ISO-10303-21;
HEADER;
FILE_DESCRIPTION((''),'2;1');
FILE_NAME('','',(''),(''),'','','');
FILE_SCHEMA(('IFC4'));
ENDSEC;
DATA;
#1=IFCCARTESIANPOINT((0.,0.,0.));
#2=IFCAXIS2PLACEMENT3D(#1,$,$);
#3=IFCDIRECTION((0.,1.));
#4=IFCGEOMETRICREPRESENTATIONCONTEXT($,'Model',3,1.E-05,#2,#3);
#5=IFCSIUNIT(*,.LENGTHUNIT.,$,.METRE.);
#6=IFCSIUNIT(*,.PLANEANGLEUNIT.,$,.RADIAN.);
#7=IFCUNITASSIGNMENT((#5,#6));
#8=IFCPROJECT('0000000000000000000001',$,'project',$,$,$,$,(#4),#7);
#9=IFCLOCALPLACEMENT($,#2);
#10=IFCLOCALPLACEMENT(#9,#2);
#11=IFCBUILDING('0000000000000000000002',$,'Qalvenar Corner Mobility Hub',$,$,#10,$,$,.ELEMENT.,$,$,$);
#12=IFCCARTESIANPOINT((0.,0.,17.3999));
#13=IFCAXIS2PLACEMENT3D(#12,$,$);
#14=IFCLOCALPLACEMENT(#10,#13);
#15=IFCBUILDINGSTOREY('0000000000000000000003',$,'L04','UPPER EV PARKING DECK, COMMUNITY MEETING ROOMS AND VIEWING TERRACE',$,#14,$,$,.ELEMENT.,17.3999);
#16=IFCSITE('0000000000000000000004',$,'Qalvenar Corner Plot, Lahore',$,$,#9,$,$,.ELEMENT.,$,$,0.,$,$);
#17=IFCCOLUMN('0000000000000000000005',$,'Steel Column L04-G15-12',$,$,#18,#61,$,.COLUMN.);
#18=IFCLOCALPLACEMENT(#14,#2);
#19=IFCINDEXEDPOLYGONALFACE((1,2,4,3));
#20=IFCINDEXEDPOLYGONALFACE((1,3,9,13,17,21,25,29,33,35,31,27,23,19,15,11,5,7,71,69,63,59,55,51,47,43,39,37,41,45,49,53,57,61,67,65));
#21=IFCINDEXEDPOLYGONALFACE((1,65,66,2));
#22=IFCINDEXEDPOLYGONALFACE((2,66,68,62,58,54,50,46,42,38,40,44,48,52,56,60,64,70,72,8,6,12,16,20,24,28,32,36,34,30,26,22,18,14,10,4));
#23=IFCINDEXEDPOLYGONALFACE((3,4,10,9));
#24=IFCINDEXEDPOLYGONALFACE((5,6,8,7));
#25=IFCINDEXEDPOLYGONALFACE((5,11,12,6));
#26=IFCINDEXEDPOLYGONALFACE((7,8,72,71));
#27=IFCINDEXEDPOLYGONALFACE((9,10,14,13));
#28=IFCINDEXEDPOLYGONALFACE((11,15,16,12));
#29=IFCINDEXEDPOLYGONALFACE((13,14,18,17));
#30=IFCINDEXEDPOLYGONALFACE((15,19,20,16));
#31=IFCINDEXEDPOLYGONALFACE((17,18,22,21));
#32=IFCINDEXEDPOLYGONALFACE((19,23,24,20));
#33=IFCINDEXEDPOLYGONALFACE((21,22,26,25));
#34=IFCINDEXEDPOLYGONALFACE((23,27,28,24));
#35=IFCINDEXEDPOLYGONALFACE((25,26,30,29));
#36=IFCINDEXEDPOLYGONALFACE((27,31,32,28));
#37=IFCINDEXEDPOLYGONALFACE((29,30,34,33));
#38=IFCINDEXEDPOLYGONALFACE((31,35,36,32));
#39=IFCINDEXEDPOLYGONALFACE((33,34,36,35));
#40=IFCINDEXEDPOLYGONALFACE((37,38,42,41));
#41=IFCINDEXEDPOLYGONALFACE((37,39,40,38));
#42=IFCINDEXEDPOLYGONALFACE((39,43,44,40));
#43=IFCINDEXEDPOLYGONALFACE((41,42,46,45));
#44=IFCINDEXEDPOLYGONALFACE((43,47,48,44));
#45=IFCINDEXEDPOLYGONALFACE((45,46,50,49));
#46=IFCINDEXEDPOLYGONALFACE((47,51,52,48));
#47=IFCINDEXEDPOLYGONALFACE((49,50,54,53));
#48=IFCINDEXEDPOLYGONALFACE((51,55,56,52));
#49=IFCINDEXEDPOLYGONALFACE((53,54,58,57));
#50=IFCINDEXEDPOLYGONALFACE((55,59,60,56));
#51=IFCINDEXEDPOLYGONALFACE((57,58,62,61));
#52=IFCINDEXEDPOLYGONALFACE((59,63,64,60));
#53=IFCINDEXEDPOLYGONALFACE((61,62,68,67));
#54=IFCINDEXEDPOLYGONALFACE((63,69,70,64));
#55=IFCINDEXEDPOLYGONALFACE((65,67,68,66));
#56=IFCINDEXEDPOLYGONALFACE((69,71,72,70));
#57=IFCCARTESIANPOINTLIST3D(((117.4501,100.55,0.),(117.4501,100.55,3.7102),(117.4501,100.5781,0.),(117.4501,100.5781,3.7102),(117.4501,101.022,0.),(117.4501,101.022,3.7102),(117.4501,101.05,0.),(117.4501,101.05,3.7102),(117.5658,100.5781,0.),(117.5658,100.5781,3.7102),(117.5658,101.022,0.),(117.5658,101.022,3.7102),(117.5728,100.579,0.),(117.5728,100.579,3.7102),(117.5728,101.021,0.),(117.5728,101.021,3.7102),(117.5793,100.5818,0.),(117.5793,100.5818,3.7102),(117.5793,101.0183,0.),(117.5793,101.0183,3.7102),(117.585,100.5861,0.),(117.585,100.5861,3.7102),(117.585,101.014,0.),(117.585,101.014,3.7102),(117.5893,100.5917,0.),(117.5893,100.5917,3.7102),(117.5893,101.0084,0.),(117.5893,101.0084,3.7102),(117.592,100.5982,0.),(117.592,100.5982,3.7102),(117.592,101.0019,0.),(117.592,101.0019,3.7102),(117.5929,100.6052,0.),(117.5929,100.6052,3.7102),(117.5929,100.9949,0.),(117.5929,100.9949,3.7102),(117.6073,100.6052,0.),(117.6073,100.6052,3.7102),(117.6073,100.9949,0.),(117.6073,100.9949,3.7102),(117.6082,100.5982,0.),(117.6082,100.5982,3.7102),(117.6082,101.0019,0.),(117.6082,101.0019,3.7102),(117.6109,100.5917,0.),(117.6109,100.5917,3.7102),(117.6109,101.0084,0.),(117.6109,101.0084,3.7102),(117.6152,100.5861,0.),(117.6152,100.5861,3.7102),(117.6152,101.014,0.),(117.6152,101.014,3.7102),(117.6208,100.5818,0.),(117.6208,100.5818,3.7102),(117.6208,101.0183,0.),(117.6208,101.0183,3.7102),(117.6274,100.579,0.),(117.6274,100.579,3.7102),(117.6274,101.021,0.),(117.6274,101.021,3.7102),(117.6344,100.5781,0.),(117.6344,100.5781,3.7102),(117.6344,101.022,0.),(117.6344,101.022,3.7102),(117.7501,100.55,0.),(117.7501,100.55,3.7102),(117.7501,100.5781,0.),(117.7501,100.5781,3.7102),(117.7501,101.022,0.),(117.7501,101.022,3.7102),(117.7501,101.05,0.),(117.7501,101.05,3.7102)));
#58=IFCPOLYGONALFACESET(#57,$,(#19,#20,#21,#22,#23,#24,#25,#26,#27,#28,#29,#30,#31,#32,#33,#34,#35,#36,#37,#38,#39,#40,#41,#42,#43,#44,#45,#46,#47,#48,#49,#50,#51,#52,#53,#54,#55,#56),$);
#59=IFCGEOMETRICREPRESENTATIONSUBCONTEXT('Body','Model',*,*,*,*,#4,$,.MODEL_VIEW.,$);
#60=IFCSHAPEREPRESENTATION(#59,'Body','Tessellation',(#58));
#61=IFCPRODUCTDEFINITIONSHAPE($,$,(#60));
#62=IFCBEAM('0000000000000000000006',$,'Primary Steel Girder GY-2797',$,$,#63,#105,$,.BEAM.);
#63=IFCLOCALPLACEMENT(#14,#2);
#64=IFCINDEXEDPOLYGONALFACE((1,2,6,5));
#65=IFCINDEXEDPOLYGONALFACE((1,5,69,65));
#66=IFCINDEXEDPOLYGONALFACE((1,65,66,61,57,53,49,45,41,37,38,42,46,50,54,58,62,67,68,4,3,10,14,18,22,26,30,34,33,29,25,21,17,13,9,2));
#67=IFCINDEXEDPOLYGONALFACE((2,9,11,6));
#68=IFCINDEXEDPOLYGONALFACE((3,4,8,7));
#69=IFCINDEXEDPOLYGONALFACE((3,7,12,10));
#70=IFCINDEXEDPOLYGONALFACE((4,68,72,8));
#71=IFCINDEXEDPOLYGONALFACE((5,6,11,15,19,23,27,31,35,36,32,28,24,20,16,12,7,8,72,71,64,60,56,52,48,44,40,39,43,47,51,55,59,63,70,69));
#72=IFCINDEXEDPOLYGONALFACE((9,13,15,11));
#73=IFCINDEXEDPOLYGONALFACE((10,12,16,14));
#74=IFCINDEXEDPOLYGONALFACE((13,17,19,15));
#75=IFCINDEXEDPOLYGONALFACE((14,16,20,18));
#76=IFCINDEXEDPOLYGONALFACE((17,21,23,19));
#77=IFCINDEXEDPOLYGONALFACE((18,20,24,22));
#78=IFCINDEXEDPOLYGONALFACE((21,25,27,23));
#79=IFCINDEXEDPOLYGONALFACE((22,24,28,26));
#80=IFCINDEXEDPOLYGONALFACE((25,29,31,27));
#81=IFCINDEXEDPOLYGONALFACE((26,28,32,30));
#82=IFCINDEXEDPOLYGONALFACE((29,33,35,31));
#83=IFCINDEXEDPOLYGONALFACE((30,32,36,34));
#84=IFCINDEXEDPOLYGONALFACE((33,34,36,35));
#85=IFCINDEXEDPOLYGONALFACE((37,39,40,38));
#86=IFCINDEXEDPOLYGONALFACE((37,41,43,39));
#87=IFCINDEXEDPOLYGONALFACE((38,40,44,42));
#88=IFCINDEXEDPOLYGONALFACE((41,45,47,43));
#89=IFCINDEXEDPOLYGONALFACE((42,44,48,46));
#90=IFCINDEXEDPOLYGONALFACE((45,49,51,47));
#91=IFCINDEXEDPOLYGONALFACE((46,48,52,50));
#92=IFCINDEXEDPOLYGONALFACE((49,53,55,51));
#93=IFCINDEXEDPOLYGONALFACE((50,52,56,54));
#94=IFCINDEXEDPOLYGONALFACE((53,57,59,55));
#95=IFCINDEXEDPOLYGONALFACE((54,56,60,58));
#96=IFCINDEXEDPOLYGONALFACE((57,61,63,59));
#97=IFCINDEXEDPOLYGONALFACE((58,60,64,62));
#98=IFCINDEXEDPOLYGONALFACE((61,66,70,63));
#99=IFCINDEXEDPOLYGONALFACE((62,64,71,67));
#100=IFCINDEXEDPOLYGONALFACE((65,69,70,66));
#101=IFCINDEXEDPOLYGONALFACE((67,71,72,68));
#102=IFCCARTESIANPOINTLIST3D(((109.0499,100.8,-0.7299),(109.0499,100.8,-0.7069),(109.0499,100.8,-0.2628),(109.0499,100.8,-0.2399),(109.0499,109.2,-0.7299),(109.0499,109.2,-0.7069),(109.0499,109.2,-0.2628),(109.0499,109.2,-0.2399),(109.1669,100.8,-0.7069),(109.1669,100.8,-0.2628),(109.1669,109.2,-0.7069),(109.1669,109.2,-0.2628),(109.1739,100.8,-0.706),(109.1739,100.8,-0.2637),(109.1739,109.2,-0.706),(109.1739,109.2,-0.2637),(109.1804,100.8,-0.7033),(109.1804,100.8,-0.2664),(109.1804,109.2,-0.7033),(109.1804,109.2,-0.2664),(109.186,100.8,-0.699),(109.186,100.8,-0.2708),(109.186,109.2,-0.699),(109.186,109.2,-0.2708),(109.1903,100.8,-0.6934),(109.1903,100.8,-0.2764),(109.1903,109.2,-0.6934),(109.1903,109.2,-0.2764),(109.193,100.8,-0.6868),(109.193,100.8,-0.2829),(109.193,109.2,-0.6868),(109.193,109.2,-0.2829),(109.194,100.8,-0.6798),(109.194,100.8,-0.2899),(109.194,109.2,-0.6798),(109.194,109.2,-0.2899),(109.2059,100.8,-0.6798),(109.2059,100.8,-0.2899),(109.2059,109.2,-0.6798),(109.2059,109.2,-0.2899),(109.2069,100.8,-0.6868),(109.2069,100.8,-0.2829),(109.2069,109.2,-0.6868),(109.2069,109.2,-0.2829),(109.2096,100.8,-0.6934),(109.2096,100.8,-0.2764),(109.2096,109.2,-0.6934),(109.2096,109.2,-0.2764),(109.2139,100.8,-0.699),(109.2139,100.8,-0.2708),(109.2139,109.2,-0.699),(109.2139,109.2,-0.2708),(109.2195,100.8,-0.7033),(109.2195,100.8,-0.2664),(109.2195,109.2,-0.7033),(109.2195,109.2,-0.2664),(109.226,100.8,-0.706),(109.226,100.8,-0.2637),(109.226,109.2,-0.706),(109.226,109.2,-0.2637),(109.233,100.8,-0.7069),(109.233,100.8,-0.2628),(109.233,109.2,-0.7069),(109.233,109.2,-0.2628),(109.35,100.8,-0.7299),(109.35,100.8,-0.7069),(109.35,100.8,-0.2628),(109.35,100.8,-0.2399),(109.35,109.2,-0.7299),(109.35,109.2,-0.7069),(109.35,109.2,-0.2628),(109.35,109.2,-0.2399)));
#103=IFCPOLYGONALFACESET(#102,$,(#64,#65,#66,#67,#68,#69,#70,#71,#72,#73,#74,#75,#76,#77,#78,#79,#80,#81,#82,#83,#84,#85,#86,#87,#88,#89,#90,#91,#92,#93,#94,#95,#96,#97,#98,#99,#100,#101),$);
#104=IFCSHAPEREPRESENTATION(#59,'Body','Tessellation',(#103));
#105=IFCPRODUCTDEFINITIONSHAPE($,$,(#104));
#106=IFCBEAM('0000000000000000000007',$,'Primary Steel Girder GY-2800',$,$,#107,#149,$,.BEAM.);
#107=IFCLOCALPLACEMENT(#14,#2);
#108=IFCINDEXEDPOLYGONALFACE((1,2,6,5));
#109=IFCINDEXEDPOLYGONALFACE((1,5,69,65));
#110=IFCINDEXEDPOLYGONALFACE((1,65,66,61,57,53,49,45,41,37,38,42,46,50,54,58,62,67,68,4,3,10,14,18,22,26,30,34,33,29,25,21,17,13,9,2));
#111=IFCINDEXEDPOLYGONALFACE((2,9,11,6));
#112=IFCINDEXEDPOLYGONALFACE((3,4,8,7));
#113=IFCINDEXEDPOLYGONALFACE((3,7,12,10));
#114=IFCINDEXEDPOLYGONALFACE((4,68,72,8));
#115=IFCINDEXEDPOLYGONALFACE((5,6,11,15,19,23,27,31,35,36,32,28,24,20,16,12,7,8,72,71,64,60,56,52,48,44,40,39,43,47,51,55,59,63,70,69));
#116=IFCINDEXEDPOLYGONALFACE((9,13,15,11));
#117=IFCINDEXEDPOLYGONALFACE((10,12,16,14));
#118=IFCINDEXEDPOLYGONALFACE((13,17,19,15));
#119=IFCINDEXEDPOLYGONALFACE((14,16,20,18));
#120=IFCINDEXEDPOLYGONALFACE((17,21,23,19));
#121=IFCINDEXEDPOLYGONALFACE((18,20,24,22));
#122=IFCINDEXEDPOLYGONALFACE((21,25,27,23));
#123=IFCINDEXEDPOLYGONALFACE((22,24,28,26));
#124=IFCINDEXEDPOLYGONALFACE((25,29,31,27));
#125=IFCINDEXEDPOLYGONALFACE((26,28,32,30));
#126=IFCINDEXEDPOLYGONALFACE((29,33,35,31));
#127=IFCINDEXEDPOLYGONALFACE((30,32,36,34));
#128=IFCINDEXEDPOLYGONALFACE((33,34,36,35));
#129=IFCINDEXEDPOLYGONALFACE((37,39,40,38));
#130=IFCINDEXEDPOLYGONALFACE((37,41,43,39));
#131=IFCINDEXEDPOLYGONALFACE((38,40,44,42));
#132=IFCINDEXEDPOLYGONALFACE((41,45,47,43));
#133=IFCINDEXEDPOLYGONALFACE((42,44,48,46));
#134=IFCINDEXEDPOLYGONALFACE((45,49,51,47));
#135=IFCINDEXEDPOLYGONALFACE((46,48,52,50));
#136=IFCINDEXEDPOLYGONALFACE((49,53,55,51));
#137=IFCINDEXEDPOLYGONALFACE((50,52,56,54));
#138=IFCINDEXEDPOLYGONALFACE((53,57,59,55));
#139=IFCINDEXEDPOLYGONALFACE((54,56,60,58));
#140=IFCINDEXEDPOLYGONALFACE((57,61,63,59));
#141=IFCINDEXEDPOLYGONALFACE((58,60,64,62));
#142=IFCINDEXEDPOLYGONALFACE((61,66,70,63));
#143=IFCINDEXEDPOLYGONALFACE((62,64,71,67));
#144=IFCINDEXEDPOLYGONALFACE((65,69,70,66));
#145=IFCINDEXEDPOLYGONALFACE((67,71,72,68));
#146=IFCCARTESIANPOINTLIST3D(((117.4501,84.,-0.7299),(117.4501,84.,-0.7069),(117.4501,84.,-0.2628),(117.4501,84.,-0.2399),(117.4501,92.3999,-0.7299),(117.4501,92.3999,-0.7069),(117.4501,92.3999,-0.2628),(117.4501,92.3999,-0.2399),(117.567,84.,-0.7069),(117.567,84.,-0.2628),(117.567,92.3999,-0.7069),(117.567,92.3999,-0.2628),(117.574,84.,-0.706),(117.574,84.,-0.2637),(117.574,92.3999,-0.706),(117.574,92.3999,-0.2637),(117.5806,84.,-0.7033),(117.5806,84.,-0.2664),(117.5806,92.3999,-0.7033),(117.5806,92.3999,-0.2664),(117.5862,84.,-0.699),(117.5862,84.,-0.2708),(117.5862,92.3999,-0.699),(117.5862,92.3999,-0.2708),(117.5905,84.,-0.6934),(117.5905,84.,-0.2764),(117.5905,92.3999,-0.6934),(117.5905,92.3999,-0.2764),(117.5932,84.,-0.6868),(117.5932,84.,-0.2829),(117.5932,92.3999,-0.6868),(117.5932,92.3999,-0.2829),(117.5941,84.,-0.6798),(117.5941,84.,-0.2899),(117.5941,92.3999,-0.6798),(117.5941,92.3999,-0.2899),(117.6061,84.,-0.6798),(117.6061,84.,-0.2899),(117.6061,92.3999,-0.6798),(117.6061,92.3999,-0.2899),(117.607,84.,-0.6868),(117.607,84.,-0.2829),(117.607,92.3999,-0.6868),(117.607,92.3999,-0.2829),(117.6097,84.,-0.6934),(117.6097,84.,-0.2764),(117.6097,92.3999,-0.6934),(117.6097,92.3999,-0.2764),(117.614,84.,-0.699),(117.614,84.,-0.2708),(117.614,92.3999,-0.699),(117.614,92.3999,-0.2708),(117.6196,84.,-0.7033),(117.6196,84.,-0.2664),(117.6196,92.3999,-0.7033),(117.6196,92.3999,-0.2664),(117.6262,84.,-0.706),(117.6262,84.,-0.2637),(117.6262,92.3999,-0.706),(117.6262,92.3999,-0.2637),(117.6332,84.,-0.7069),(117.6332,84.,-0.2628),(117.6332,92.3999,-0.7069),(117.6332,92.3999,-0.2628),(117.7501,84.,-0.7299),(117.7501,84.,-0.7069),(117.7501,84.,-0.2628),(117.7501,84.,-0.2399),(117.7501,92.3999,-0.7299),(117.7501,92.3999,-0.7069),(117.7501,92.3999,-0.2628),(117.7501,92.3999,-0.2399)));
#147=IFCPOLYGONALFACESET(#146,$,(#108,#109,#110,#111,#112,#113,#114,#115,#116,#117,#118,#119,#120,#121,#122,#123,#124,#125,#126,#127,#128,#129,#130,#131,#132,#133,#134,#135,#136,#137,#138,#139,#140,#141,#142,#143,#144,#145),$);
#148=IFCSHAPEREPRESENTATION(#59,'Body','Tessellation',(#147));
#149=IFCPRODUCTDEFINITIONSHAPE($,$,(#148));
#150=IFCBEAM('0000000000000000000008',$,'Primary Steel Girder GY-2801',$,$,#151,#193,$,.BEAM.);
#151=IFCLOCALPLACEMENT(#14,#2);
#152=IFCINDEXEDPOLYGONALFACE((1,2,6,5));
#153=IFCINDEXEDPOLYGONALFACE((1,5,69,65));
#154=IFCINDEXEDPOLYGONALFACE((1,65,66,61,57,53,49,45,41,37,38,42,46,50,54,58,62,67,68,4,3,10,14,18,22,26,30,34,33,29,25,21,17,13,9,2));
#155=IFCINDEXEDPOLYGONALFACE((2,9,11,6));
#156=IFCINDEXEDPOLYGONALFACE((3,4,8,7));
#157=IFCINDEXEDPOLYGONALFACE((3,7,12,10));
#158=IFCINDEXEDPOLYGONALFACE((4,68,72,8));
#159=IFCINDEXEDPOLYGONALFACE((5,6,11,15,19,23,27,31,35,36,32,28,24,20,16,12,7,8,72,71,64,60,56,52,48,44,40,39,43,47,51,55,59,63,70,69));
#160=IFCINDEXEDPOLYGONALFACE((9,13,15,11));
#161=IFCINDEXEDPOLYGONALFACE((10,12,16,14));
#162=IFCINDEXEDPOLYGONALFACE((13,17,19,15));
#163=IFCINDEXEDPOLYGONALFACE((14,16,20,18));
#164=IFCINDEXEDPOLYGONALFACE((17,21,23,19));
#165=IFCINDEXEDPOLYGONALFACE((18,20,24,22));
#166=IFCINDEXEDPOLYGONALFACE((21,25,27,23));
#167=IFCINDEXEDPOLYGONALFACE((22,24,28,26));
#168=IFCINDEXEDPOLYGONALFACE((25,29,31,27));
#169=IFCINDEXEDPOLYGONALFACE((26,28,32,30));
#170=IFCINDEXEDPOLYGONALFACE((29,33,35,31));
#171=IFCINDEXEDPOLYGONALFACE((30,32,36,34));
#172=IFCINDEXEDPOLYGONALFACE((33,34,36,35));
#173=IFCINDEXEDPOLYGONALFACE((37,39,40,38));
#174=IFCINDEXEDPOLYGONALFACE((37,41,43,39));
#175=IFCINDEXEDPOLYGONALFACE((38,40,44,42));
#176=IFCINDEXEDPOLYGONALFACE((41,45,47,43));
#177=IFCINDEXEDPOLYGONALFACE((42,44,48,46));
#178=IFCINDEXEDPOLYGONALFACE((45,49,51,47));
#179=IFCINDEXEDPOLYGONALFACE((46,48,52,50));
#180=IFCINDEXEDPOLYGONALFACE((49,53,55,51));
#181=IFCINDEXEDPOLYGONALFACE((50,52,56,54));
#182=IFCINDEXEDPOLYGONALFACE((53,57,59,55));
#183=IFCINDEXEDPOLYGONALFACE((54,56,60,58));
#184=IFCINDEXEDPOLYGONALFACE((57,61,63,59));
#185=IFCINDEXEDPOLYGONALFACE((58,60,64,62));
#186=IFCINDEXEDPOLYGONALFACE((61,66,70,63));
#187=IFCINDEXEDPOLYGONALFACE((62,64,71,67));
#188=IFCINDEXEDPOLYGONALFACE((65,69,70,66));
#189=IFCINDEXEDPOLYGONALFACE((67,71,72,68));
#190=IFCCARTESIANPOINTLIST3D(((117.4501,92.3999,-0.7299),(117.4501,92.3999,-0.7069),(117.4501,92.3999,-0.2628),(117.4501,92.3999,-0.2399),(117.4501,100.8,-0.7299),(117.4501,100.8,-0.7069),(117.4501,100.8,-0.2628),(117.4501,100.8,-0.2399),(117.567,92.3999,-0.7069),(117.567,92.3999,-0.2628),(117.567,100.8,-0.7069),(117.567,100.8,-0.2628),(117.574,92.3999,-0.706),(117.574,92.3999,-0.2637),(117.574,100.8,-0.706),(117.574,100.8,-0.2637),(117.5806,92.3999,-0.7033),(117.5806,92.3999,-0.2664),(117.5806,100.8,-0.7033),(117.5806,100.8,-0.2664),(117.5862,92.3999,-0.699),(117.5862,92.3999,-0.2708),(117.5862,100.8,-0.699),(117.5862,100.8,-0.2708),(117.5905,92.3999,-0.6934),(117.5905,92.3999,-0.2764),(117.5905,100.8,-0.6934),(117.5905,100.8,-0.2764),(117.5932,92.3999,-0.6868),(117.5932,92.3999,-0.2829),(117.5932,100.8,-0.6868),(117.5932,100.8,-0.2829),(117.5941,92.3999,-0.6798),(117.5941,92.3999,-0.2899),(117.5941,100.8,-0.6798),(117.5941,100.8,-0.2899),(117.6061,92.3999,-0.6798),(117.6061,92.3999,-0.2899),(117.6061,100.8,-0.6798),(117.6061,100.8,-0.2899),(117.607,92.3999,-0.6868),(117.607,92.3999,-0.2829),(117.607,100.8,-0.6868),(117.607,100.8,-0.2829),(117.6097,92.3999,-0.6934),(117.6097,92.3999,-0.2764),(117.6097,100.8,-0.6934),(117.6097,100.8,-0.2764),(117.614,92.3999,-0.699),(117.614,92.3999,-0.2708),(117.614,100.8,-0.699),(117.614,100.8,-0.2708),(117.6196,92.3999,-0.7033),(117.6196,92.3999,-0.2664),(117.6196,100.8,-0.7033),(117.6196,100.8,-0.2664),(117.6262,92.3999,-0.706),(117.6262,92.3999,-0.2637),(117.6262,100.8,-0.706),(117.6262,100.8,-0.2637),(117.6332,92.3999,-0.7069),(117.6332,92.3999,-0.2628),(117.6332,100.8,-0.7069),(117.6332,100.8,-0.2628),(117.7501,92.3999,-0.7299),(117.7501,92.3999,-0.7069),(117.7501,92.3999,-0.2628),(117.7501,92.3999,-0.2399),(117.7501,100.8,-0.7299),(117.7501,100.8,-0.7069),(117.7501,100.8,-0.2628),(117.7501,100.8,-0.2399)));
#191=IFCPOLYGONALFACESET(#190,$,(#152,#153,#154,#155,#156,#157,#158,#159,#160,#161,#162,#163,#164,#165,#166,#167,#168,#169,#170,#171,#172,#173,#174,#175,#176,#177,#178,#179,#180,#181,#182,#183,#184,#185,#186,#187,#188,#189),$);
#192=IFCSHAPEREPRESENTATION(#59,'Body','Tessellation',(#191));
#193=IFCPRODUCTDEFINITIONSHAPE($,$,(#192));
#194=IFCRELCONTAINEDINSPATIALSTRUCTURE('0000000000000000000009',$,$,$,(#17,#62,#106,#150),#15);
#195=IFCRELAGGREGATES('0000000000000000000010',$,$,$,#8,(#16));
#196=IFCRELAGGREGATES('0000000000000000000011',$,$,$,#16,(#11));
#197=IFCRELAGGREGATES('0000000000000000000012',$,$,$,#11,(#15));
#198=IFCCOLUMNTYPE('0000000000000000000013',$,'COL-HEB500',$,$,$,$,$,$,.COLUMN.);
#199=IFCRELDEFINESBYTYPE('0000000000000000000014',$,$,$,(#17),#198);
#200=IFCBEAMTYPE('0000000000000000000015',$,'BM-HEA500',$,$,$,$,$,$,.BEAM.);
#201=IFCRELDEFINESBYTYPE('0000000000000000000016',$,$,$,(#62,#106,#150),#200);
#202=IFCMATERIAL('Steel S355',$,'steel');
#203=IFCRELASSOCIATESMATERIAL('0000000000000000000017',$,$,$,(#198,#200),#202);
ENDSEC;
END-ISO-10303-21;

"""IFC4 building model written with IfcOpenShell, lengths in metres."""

from ifc_helpers import new_model, si_unit, direction, frame, origin, origin_2d, place, context, subcontext, project, spatial, i_section, extrude, material, material_profile, profile_set, type_object, element, save


model = new_model("IFC4")

# Units and contexts
model_context = context("Model", 3, precision=1e-05, world=origin(), true_north=direction((0.0, 1.0)))
body_context = subcontext(model_context, "Body", "Model", "MODEL_VIEW")
ifc_project = project(units=[si_unit("LENGTHUNIT", "METRE"), si_unit("PLANEANGLEUNIT", "RADIAN")], contexts=[model_context])

# Site, building, storey
site_placement = place(None, origin())
site = spatial("IfcSite", under=ifc_project, at=site_placement, Name="Qalvenar Corner Plot, Lahore", CompositionType="ELEMENT", RefElevation=0.0)
building_placement = place(site_placement, origin())
building = spatial("IfcBuilding", under=site, at=building_placement, Name="Qalvenar Corner Mobility Hub", CompositionType="ELEMENT")
storey_placement = place(building_placement, frame((0.0, 0.0, 17.3999)))
storey = spatial("IfcBuildingStorey", under=building, at=storey_placement, Name="L04", Description="UPPER EV PARKING DECK, COMMUNITY MEETING ROOMS AND VIEWING TERRACE", CompositionType="ELEMENT", Elevation=17.3999)

# Column
ifc_material = material(Name="Steel S355", Category="steel")
ifc_material_profile_1 = material_profile(ifc_material, i_section(OverallWidth=0.3, OverallDepth=0.5, WebThickness=0.0144, FlangeThickness=0.0281, FilletRadius=0.0271, at=origin_2d()), Name="HEB500")
ifc_profile_set_1 = profile_set([ifc_material_profile_1], Name="Steel S355")
column_type_1 = type_object("IfcColumnType", Name="COL-HEB500", PredefinedType="COLUMN", material=ifc_profile_set_1)
for number, where, z_axis, x_axis, name in (
    (1, (117.6001, 100.8, 0.0), (0.0, 0.0, 1.0), (1.0, 0.0, 0.0), "Steel Column L04-G15-12"),
):
    element("IfcColumn", number, at=place(storey_placement, frame(where, z_axis=z_axis, x_axis=x_axis)), inside=storey, type_object=column_type_1, Name=name, PredefinedType="COLUMN", context=body_context, shape_type="SweptSolid", body=[
        extrude(i_section(OverallWidth=0.3, OverallDepth=0.5, WebThickness=0.0144, FlangeThickness=0.0281, FilletRadius=0.0271, at=origin_2d()), origin(), (0.0, 0.0, 1.0), 3.7102),
    ])

# Beams
ifc_material_profile_2 = material_profile(ifc_material, i_section(OverallWidth=0.3, OverallDepth=0.49, WebThickness=0.012, FlangeThickness=0.0229, FilletRadius=0.0271, at=origin_2d()), Name="HEA500")
ifc_profile_set_2 = profile_set([ifc_material_profile_2], Name="Steel S355")
beam_type_1 = type_object("IfcBeamType", Name="BM-HEA500", PredefinedType="BEAM", material=ifc_profile_set_2)
for number, where, z_axis, x_axis, name in (
    (2, (109.2, 100.8, -0.4849), (0.0, 1.0, 0.0), (-1.0, 0.0, 0.0), "Primary Steel Girder GY-2797"),
    (3, (117.6001, 84.0, -0.4849), (0.0, 1.0, 0.0), (-1.0, 0.0, 0.0), "Primary Steel Girder GY-2800"),
):
    element("IfcBeam", number, at=place(storey_placement, frame(where, z_axis=z_axis, x_axis=x_axis)), inside=storey, type_object=beam_type_1, Name=name, PredefinedType="BEAM", context=body_context, shape_type="SweptSolid", body=[
        extrude(i_section(OverallWidth=0.3, OverallDepth=0.49, WebThickness=0.012, FlangeThickness=0.0229, FilletRadius=0.0271, at=origin_2d()), origin(), (0.0, 0.0, 1.0), 8.3999),
    ])
beam_1_placement = place(storey_placement, frame((117.6001, 92.3999, -0.4849), z_axis=(0.0, 1.0, 0.0), x_axis=(-1.0, 0.0, 0.0)))
element("IfcBeam", 4, at=beam_1_placement, inside=storey, type_object=beam_type_1, Name="Primary Steel Girder GY-2801", PredefinedType="BEAM", context=body_context, shape_type="SweptSolid", body=[
    extrude(i_section(OverallWidth=0.3, OverallDepth=0.49, WebThickness=0.012, FlangeThickness=0.0229, FilletRadius=0.0271, at=origin_2d()), origin(), (0.0, 0.0, 1.0), 8.4001),
])

save(model, "model.ifc")
